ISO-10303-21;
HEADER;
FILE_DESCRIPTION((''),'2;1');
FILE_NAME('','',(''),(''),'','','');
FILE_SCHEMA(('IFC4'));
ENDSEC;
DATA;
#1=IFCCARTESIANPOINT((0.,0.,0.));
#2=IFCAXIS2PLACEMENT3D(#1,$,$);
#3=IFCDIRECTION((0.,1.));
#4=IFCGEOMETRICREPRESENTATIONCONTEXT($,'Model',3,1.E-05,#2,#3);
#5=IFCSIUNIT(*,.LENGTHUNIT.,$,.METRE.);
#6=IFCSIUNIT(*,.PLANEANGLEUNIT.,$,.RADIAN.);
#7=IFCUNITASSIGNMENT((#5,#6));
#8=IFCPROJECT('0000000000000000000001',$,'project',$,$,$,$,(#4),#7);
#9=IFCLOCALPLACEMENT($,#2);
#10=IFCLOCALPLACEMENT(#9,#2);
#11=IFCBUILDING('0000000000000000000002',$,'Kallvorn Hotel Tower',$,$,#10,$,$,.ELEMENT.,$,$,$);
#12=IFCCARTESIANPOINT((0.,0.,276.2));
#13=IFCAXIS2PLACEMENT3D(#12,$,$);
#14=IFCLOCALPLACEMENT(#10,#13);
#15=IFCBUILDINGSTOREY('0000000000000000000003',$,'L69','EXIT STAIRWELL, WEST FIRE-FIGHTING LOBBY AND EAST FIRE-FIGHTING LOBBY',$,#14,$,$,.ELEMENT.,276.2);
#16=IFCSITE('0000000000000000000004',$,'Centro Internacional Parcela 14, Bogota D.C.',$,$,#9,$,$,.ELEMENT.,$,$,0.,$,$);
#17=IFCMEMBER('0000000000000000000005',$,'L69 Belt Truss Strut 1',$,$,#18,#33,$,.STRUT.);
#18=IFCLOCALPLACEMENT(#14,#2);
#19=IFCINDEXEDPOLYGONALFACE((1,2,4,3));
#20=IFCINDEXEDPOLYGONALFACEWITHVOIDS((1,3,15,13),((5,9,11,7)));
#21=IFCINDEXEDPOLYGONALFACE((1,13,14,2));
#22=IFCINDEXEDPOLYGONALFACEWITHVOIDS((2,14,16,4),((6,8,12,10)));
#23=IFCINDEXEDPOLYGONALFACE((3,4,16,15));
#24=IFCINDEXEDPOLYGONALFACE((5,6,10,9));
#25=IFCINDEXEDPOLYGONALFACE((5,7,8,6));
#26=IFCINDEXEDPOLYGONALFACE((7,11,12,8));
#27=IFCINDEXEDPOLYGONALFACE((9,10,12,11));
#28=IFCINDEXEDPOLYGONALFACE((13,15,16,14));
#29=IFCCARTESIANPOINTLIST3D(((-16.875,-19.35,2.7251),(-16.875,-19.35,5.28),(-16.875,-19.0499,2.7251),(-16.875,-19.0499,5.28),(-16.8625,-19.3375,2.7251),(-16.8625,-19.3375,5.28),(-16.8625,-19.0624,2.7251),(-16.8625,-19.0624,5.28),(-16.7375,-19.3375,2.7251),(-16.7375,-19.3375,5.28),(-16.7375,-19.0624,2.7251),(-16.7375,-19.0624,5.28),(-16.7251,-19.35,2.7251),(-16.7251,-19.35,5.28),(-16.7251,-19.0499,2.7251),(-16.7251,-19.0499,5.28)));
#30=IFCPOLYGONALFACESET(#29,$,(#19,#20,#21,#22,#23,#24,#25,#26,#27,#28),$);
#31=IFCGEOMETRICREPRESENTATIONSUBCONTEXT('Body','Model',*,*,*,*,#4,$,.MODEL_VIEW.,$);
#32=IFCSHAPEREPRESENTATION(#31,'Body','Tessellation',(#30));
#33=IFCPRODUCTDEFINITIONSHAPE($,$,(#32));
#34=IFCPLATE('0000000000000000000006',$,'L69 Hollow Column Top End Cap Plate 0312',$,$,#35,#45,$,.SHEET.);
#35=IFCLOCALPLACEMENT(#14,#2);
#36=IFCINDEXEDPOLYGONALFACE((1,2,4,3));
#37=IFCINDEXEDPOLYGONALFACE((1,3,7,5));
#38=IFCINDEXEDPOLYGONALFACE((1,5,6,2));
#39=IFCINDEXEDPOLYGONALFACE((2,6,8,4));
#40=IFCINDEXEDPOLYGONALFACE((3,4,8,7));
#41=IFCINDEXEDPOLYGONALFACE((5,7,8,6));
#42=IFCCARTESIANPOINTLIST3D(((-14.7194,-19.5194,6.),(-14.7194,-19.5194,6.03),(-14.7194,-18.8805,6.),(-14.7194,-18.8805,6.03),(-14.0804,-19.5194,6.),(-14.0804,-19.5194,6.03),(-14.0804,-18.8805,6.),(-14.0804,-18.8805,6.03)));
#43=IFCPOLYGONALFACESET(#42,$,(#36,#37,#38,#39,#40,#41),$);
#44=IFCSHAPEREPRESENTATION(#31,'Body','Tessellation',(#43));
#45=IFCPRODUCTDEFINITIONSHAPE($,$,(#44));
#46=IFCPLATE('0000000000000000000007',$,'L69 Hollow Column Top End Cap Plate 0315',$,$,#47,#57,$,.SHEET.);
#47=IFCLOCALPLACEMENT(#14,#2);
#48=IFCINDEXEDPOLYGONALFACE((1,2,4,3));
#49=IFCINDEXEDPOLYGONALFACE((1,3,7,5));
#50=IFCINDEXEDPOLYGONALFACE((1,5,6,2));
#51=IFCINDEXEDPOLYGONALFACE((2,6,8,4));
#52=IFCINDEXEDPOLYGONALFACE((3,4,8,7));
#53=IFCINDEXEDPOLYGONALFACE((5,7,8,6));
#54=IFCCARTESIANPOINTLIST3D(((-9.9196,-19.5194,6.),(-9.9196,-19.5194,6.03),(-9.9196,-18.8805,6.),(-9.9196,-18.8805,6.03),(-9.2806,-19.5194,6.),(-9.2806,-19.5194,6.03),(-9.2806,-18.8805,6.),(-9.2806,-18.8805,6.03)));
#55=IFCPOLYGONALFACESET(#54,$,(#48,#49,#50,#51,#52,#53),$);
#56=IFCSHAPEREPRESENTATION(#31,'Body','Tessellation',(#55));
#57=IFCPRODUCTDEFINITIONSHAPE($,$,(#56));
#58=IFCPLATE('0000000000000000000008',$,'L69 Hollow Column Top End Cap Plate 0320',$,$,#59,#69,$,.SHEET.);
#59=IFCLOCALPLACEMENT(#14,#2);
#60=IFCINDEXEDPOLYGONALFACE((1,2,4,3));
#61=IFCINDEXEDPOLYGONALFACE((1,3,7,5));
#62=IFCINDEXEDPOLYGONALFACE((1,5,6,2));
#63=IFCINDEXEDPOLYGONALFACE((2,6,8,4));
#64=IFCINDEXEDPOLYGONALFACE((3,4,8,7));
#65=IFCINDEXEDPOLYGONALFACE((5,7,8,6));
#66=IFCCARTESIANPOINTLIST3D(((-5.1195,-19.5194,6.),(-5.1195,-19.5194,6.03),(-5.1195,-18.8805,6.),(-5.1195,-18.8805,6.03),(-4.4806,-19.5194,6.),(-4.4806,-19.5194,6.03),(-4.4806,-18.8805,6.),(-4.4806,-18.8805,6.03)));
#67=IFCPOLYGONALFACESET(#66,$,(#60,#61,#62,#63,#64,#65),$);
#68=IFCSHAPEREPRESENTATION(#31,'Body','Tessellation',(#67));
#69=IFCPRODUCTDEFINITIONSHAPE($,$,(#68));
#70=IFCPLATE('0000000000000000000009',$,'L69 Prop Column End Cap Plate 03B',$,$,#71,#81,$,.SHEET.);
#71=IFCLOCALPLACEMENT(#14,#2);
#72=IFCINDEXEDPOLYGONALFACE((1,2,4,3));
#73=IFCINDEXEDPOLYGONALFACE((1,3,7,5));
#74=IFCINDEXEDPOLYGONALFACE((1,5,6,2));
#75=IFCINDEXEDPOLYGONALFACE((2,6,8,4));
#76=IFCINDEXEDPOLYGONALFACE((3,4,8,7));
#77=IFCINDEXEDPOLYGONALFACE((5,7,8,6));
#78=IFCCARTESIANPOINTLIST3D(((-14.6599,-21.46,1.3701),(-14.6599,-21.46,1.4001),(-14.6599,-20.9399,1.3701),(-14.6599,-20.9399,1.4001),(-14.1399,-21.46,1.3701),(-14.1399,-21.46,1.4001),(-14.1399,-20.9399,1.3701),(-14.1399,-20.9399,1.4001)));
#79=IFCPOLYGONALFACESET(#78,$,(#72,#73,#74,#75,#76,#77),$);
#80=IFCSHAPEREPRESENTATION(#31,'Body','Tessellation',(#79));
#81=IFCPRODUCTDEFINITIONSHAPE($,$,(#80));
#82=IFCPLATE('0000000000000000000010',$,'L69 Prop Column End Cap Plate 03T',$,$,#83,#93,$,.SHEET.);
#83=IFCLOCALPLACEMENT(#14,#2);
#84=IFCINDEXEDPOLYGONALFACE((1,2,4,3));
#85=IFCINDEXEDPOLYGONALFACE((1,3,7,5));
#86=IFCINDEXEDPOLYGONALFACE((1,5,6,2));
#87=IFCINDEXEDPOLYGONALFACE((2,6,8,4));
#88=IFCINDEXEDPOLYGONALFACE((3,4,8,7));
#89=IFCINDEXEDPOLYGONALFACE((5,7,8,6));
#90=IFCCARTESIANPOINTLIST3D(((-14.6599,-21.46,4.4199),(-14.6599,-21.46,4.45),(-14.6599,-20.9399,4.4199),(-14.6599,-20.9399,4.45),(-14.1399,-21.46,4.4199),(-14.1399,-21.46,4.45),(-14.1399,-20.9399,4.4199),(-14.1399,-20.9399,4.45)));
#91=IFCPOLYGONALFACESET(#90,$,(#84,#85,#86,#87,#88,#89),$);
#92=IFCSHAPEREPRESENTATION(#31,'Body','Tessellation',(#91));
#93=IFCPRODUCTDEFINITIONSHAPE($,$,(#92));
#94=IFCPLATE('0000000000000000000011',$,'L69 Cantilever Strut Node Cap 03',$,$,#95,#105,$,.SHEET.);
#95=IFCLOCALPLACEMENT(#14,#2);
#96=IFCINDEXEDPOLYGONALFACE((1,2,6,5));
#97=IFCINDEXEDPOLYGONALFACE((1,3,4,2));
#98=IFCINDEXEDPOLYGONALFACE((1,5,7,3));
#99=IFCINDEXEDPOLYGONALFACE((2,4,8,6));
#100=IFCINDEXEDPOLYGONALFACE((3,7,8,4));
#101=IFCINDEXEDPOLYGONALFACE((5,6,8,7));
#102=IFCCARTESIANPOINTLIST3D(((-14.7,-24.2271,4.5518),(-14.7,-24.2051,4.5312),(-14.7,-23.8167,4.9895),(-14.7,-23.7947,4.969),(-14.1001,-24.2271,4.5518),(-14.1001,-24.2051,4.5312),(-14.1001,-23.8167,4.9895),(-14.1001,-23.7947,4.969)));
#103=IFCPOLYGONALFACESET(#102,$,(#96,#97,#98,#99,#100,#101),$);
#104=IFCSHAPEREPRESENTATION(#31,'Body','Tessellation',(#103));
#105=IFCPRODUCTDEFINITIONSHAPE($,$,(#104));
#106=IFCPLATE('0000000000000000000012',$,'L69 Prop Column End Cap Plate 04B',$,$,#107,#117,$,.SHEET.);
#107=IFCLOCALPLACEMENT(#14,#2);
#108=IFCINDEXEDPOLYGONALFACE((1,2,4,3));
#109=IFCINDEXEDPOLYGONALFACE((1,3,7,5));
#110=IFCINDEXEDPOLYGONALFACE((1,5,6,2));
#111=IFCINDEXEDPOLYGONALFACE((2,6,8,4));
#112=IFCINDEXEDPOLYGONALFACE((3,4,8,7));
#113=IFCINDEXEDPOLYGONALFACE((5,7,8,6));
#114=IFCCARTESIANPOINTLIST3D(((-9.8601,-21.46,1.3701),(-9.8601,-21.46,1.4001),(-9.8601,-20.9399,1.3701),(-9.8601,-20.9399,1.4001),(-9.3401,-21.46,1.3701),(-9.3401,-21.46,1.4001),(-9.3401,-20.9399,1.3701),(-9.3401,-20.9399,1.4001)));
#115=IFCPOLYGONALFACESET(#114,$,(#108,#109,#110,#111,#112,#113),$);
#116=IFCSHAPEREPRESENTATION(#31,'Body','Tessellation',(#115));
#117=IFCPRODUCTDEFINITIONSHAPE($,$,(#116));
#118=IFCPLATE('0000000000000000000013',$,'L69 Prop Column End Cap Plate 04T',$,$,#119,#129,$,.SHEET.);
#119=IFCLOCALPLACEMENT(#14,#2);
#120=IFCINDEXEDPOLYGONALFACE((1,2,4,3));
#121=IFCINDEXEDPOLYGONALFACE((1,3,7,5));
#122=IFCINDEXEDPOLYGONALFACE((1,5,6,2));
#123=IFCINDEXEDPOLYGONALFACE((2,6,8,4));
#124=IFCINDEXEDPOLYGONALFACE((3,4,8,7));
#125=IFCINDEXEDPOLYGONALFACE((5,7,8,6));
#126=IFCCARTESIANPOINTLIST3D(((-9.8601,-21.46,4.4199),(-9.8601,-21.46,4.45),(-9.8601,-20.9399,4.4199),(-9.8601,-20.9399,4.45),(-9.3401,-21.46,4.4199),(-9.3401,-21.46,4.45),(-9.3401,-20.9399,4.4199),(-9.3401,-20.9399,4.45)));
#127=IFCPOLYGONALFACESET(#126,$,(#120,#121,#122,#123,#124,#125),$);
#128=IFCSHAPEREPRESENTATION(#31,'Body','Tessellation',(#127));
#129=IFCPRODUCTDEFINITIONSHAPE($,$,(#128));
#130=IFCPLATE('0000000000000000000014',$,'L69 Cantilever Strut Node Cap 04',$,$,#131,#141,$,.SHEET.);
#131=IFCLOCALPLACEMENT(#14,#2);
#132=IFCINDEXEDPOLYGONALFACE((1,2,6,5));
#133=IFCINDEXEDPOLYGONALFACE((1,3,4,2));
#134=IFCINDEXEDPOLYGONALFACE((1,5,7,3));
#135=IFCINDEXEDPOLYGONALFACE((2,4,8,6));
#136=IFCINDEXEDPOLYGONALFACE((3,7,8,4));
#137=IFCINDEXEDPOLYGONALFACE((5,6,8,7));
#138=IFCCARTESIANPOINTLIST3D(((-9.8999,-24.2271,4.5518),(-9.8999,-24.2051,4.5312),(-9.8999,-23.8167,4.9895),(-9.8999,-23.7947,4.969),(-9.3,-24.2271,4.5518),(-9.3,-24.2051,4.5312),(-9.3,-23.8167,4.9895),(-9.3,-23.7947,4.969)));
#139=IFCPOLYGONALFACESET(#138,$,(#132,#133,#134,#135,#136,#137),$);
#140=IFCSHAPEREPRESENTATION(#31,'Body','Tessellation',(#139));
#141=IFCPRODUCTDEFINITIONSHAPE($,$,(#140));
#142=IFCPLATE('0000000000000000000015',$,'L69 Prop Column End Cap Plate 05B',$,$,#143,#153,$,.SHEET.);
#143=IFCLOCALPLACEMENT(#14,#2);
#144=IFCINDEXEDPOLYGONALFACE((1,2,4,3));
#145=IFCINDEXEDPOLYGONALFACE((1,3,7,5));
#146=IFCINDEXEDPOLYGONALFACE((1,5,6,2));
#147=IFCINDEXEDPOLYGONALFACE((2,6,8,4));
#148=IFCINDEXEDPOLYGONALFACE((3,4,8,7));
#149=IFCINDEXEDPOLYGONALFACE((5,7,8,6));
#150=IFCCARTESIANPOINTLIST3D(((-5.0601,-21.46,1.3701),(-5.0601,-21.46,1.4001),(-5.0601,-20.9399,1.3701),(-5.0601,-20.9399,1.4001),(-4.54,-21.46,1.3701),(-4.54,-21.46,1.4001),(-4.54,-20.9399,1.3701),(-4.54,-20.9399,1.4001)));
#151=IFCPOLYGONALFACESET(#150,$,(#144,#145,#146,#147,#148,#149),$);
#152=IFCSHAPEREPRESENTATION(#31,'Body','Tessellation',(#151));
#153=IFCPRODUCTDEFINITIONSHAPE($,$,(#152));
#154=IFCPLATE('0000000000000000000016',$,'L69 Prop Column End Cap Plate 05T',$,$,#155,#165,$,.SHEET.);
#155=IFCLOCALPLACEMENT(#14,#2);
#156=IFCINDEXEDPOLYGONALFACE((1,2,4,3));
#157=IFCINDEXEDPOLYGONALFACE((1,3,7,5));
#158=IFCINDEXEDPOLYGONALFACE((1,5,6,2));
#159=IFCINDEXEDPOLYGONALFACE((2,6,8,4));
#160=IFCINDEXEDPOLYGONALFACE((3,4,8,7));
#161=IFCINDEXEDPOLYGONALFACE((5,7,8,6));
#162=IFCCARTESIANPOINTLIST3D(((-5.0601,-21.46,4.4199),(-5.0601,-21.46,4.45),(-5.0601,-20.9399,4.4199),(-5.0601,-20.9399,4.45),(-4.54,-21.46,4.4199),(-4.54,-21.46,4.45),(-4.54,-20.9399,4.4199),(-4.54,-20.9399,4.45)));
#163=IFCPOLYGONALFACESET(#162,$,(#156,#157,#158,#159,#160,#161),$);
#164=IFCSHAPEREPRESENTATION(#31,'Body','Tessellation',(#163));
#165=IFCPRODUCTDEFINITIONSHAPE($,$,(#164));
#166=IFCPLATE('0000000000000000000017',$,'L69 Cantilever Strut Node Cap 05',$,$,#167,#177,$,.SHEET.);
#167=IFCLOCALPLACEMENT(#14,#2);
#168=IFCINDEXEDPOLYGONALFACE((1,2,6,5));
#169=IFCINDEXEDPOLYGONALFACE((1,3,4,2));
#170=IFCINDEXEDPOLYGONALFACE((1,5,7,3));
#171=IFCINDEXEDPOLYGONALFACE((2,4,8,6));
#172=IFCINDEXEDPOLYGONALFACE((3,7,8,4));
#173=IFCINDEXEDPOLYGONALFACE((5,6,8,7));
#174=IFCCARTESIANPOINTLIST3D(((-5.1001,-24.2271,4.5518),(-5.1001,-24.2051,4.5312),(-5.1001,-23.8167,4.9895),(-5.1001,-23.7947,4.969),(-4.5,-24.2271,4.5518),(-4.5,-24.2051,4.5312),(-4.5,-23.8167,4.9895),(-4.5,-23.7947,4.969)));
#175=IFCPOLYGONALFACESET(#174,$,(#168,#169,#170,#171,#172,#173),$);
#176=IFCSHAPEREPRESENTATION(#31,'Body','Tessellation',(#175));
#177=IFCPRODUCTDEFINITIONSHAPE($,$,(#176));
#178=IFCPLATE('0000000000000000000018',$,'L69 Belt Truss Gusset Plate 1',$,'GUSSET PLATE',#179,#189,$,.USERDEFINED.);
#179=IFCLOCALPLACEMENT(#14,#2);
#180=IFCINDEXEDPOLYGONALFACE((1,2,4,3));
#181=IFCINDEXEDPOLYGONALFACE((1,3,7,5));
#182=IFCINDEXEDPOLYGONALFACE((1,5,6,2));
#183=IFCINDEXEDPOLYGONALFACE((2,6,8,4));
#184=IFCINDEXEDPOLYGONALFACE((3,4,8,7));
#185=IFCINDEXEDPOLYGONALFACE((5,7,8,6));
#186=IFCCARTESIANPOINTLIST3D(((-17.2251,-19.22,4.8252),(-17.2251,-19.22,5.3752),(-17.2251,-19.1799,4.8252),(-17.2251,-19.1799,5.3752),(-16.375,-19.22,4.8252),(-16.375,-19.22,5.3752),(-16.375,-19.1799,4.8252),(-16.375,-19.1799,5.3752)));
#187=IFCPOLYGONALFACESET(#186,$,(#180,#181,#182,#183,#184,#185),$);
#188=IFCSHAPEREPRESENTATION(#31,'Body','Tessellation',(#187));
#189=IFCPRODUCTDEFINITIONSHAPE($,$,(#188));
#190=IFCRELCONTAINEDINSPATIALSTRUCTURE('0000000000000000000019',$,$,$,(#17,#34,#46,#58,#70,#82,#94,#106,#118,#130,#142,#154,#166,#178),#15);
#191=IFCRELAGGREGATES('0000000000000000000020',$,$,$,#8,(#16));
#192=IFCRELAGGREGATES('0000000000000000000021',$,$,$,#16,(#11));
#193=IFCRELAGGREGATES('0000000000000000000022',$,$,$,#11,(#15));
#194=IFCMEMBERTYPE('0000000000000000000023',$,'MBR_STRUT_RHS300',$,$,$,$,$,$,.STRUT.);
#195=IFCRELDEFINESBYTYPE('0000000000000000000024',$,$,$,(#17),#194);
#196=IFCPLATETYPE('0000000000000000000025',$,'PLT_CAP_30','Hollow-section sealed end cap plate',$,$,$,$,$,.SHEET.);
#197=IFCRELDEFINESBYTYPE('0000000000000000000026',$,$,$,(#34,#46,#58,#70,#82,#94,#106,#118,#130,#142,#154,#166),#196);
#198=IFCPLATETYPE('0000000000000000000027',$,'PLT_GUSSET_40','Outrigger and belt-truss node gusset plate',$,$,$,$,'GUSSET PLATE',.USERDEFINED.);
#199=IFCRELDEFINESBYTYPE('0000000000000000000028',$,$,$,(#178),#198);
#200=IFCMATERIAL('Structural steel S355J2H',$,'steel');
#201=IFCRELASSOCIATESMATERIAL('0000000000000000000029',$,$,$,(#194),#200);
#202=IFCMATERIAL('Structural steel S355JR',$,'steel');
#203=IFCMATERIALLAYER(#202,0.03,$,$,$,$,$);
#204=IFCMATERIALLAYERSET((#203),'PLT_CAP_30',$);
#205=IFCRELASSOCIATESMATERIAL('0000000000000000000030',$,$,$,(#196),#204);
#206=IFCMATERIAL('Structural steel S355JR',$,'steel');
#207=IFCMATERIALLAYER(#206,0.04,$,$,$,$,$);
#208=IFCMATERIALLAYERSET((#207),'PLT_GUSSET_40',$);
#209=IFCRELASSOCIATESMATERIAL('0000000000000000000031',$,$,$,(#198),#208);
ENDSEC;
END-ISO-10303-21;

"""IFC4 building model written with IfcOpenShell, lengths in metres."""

from ifc_helpers import new_model, si_unit, direction, frame, origin, origin_2d, place, context, subcontext, project, spatial, polyline, rectangle, hollow_rectangle, outline, extrude, material, layer, layer_set, material_profile, profile_set, type_object, element, save


model = new_model("IFC4")

# Units and contexts
model_context = context("Model", 3, precision=1e-05, world=origin(), true_north=direction((0.0, 1.0)))
body_context = subcontext(model_context, "Body", "Model", "MODEL_VIEW")
ifc_project = project(units=[si_unit("LENGTHUNIT", "METRE"), si_unit("PLANEANGLEUNIT", "RADIAN")], contexts=[model_context])

# Site, building, storey
site_placement = place(None, origin())
site = spatial("IfcSite", under=ifc_project, at=site_placement, Name="Centro Internacional Parcela 14, Bogota D.C.", CompositionType="ELEMENT", RefElevation=0.0)
building_placement = place(site_placement, origin())
building = spatial("IfcBuilding", under=site, at=building_placement, Name="Kallvorn Hotel Tower", CompositionType="ELEMENT")
storey_placement = place(building_placement, frame((0.0, 0.0, 276.2)))
storey = spatial("IfcBuildingStorey", under=building, at=storey_placement, Name="L69", Description="EXIT STAIRWELL, WEST FIRE-FIGHTING LOBBY AND EAST FIRE-FIGHTING LOBBY", CompositionType="ELEMENT", Elevation=276.2)

# Member
ifc_material_1 = material(Name="Structural steel S355J2H", Category="steel")
ifc_material_profile_1 = material_profile(ifc_material_1, hollow_rectangle(XDim=0.1499, YDim=0.3, WallThickness=0.0125, at=origin_2d()), Name="RHS 300x150x12.5")
ifc_profile_set_1 = profile_set([ifc_material_profile_1], Name="Structural steel S355J2H")
member_type_1 = type_object("IfcMemberType", Name="MBR_STRUT_RHS300", PredefinedType="STRUT", material=ifc_profile_set_1)
member_1_placement = place(storey_placement, frame((-16.8, -19.2, 2.7251), z_axis=(0.0, 0.0, 1.0), x_axis=(1.0, 0.0, 0.0)))
element("IfcMember", 1, at=member_1_placement, inside=storey, type_object=member_type_1, Name="L69 Belt Truss Strut 1", PredefinedType="STRUT", context=body_context, shape_type="SweptSolid", body=[
    extrude(hollow_rectangle(XDim=0.1499, YDim=0.3, WallThickness=0.0125, at=origin_2d()), origin(), (0.0, 0.0, 1.0), 2.5549),
])

# Plates
ifc_material_2 = material(Name="Structural steel S355JR", Category="steel")
ifc_layer_1 = layer(ifc_material_2, 0.03)
ifc_layer_set_1 = layer_set([ifc_layer_1], Name="PLT_CAP_30")
plate_type_1 = type_object("IfcPlateType", Name="PLT_CAP_30", Description="Hollow-section sealed end cap plate", PredefinedType="SHEET", material=ifc_layer_set_1)
for number, where, z_axis, x_axis, name in (
    (2, (-14.3999, -19.2, 6.0), (0.0, 0.0, 1.0), (1.0, 0.0, 0.0), "L69 Hollow Column Top End Cap Plate 0312"),
    (3, (-9.6001, -19.2, 6.0), (0.0, 0.0, 1.0), (1.0, 0.0, 0.0), "L69 Hollow Column Top End Cap Plate 0315"),
    (4, (-4.8, -19.2, 6.0), (0.0, 0.0, 1.0), (1.0, 0.0, 0.0), "L69 Hollow Column Top End Cap Plate 0320"),
):
    element("IfcPlate", number, at=place(storey_placement, frame(where, z_axis=z_axis, x_axis=x_axis)), inside=storey, type_object=plate_type_1, Name=name, PredefinedType="SHEET", context=body_context, shape_type="SweptSolid", body=[
        extrude(rectangle(XDim=0.6389, YDim=0.6389, at=origin_2d()), origin(), (0.0, 0.0, 1.0), 0.03),
    ])
for number, where, z_axis, x_axis, name in (
    (5, (-14.3999, -21.2, 1.3701), (0.0, 0.0, 1.0), (1.0, 0.0, 0.0), "L69 Prop Column End Cap Plate 03B"),
    (6, (-14.3999, -21.2, 4.4199), (0.0, 0.0, 1.0), (1.0, 0.0, 0.0), "L69 Prop Column End Cap Plate 03T"),
):
    element("IfcPlate", number, at=place(storey_placement, frame(where, z_axis=z_axis, x_axis=x_axis)), inside=storey, type_object=plate_type_1, Name=name, PredefinedType="SHEET", context=body_context, shape_type="SweptSolid", body=[
        extrude(rectangle(XDim=0.52, YDim=0.52, at=origin_2d()), origin(), (0.0, 0.0, 1.0), 0.03),
    ])
plate_1_placement = place(storey_placement, frame((-14.7, -24.2271, 4.5518), z_axis=(0.0, -0.729525, 0.683955), x_axis=(1.0, 0.0, 0.0)))
element("IfcPlate", 7, at=plate_1_placement, inside=storey, type_object=plate_type_1, Name="L69 Cantilever Strut Node Cap 03", PredefinedType="SHEET", context=body_context, shape_type="SweptSolid", body=[
    extrude(outline(polyline([(0.0, 0.0), (0.5999, 0.0), (0.5999, 0.6), (0.0, 0.6), (0.0, 0.0)])), origin(), (0.0, 0.0, -1.0), 0.03),
])
for number, where, z_axis, x_axis, name in (
    (8, (-9.6001, -21.2, 1.3701), (0.0, 0.0, 1.0), (1.0, 0.0, 0.0), "L69 Prop Column End Cap Plate 04B"),
    (9, (-9.6001, -21.2, 4.4199), (0.0, 0.0, 1.0), (1.0, 0.0, 0.0), "L69 Prop Column End Cap Plate 04T"),
):
    element("IfcPlate", number, at=place(storey_placement, frame(where, z_axis=z_axis, x_axis=x_axis)), inside=storey, type_object=plate_type_1, Name=name, PredefinedType="SHEET", context=body_context, shape_type="SweptSolid", body=[
        extrude(rectangle(XDim=0.52, YDim=0.52, at=origin_2d()), origin(), (0.0, 0.0, 1.0), 0.03),
    ])
plate_2_placement = place(storey_placement, frame((-9.8999, -24.2271, 4.5518), z_axis=(0.0, -0.729525, 0.683955), x_axis=(1.0, 0.0, 0.0)))
element("IfcPlate", 10, at=plate_2_placement, inside=storey, type_object=plate_type_1, Name="L69 Cantilever Strut Node Cap 04", PredefinedType="SHEET", context=body_context, shape_type="SweptSolid", body=[
    extrude(outline(polyline([(0.0, 0.0), (0.5999, 0.0), (0.5999, 0.6), (0.0, 0.6), (0.0, 0.0)])), origin(), (0.0, 0.0, -1.0), 0.03),
])
for number, where, z_axis, x_axis, name in (
    (11, (-4.8, -21.2, 1.3701), (0.0, 0.0, 1.0), (1.0, 0.0, 0.0), "L69 Prop Column End Cap Plate 05B"),
    (12, (-4.8, -21.2, 4.4199), (0.0, 0.0, 1.0), (1.0, 0.0, 0.0), "L69 Prop Column End Cap Plate 05T"),
):
    element("IfcPlate", number, at=place(storey_placement, frame(where, z_axis=z_axis, x_axis=x_axis)), inside=storey, type_object=plate_type_1, Name=name, PredefinedType="SHEET", context=body_context, shape_type="SweptSolid", body=[
        extrude(rectangle(XDim=0.52, YDim=0.52, at=origin_2d()), origin(), (0.0, 0.0, 1.0), 0.03),
    ])
plate_3_placement = place(storey_placement, frame((-5.1001, -24.2271, 4.5518), z_axis=(0.0, -0.729525, 0.683955), x_axis=(1.0, 0.0, 0.0)))
element("IfcPlate", 13, at=plate_3_placement, inside=storey, type_object=plate_type_1, Name="L69 Cantilever Strut Node Cap 05", PredefinedType="SHEET", context=body_context, shape_type="SweptSolid", body=[
    extrude(outline(polyline([(0.0, 0.0), (0.6001, 0.0), (0.6001, 0.6), (0.0, 0.6), (0.0, 0.0)])), origin(), (0.0, 0.0, -1.0), 0.03),
])
ifc_material_3 = material(Name="Structural steel S355JR", Category="steel")
ifc_layer_2 = layer(ifc_material_3, 0.04)
ifc_layer_set_2 = layer_set([ifc_layer_2], Name="PLT_GUSSET_40")
plate_type_2 = type_object("IfcPlateType", Name="PLT_GUSSET_40", Description="Outrigger and belt-truss node gusset plate", ElementType="GUSSET PLATE", PredefinedType="USERDEFINED", material=ifc_layer_set_2)
plate_4_placement = place(storey_placement, frame((-16.8, -19.2, 4.8252), z_axis=(0.0, 0.0, 1.0), x_axis=(1.0, 0.0, 0.0)))
element("IfcPlate", 14, at=plate_4_placement, inside=storey, type_object=plate_type_2, Name="L69 Belt Truss Gusset Plate 1", ObjectType="GUSSET PLATE", PredefinedType="USERDEFINED", context=body_context, shape_type="SweptSolid", body=[
    extrude(rectangle(XDim=0.8501, YDim=0.04, at=origin_2d()), origin(), (0.0, 0.0, 1.0), 0.55),
])

save(model, "model.ifc")
